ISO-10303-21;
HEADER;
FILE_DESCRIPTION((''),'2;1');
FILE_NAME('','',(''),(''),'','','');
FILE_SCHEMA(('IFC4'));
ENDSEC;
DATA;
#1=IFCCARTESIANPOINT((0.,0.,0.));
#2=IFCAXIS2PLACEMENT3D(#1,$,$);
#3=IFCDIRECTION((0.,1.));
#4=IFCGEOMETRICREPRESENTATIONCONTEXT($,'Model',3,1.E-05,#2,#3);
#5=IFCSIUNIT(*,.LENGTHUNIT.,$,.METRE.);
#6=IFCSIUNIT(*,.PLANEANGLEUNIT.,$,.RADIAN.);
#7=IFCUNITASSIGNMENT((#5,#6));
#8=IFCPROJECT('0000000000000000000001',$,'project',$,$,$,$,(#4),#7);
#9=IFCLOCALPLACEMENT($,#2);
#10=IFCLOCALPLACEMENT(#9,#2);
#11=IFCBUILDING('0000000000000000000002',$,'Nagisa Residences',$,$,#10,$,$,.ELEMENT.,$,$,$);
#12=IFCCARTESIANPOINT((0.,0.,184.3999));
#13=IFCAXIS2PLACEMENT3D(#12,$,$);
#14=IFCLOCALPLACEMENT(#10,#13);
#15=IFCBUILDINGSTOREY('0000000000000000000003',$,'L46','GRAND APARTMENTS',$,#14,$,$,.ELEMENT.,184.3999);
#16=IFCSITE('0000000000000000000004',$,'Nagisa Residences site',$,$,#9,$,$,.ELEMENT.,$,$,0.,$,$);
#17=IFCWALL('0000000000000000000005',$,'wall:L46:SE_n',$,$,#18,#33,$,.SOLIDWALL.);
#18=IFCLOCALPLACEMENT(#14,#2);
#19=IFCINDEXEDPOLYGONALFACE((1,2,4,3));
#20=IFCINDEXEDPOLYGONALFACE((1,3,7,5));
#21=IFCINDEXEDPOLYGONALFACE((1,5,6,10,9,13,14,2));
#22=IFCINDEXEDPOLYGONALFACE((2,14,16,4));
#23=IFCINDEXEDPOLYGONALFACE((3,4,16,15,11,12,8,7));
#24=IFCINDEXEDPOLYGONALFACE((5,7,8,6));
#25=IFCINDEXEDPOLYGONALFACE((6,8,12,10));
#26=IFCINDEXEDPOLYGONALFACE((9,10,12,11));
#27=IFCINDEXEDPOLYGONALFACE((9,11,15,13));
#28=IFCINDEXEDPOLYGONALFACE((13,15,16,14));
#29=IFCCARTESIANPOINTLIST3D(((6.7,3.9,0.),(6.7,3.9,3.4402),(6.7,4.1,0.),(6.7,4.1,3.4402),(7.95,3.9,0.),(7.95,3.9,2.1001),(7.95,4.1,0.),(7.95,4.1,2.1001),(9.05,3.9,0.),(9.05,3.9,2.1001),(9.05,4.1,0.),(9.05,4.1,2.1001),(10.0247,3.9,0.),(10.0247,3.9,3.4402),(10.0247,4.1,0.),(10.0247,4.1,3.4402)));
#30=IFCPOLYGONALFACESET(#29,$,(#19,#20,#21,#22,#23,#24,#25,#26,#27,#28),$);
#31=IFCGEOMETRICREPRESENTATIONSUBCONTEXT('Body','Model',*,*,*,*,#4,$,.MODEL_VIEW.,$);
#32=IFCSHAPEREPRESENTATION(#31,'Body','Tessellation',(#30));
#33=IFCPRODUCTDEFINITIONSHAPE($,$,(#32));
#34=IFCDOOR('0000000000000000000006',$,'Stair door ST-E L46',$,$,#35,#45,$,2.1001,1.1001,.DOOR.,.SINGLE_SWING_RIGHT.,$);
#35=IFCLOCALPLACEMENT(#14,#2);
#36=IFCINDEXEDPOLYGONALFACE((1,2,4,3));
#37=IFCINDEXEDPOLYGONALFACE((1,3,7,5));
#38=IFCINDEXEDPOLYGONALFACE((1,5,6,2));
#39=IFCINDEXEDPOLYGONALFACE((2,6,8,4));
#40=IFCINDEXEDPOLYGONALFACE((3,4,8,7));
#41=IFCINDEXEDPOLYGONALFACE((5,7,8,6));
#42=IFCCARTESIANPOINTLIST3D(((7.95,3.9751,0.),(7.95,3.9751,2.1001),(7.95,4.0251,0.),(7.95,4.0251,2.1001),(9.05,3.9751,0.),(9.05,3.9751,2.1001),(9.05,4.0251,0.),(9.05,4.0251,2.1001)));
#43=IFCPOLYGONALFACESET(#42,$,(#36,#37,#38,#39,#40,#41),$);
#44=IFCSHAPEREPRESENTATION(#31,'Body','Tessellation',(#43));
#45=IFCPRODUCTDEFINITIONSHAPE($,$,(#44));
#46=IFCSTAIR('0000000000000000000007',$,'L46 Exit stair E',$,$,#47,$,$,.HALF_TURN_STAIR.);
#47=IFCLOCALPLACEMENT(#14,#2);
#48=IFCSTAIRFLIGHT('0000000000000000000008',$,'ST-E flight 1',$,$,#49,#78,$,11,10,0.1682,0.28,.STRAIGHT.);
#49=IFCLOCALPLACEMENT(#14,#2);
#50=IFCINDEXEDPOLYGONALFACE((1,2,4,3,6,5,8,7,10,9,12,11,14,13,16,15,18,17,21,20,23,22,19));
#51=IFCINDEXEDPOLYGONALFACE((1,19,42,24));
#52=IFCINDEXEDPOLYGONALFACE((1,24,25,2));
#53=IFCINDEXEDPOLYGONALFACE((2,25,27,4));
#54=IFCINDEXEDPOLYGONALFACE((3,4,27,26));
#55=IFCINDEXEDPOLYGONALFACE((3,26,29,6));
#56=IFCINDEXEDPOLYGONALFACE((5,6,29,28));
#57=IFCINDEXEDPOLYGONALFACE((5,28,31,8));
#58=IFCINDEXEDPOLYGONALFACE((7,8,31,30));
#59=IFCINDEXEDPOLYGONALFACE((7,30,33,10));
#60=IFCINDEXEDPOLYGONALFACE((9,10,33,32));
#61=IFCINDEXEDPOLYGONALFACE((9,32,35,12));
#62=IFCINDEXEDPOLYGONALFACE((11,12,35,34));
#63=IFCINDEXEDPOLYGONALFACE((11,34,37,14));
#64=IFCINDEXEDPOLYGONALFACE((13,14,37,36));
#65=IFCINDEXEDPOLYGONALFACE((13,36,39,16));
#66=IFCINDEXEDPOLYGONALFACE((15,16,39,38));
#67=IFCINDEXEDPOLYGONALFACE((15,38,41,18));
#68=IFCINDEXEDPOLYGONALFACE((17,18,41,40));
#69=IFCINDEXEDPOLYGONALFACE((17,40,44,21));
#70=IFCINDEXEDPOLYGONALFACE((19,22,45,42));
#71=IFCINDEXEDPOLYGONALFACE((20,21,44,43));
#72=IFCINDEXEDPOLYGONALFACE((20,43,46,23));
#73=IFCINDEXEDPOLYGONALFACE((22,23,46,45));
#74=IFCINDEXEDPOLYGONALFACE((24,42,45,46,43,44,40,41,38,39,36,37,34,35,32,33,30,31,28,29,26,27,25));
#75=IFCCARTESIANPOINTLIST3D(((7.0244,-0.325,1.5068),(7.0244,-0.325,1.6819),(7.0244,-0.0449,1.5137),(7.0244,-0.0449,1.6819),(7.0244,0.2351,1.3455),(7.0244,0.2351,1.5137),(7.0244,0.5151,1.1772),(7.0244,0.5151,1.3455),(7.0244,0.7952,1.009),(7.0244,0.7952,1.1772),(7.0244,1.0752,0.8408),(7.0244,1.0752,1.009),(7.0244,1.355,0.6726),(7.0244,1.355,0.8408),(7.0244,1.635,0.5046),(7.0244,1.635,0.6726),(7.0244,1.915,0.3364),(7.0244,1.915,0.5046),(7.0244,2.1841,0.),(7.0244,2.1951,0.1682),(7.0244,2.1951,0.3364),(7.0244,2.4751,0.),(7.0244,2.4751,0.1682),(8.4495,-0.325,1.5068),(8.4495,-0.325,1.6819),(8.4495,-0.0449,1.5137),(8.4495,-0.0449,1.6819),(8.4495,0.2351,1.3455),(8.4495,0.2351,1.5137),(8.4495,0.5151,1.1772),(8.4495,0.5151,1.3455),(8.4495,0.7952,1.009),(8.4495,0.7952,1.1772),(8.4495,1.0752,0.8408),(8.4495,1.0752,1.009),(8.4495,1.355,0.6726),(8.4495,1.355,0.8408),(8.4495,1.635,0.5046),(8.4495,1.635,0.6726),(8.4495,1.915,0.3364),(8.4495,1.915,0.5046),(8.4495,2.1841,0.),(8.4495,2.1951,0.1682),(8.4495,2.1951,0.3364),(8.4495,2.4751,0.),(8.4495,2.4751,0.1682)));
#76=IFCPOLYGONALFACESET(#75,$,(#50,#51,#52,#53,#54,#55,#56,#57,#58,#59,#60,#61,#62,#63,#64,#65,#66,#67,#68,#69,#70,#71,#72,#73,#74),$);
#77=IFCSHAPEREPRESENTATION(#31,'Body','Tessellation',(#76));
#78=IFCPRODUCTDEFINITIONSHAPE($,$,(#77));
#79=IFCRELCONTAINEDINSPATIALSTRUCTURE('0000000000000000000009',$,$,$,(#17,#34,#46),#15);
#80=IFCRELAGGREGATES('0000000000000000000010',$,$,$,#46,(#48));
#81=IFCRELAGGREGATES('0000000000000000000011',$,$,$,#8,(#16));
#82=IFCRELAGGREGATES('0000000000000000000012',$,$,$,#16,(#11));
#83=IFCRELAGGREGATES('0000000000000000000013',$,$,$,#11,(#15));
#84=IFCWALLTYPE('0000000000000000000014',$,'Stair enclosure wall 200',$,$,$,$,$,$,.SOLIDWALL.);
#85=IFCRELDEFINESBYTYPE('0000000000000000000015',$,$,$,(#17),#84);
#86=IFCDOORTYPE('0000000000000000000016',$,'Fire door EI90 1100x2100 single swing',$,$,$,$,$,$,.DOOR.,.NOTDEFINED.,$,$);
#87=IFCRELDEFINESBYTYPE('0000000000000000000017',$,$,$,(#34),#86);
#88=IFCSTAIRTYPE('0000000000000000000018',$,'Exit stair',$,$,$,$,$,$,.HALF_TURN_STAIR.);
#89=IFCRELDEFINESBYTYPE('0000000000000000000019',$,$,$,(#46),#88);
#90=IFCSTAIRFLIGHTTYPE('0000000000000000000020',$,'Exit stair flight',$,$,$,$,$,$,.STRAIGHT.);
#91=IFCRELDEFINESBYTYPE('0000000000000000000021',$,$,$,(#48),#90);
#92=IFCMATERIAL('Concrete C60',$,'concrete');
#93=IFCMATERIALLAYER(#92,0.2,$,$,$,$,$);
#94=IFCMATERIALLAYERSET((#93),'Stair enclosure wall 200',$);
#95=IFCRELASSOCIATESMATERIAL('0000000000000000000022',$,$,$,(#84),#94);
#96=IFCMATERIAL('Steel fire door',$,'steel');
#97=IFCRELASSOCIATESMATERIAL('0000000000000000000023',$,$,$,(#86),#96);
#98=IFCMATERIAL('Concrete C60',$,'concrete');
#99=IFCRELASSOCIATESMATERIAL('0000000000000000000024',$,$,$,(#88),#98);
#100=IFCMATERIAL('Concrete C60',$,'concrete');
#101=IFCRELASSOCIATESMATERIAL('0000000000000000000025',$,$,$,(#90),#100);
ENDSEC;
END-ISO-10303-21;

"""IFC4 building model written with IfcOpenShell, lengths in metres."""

from ifc_helpers import new_model, si_unit, direction, frame, frame_2d, origin, place, context, subcontext, project, spatial, polyline, rectangle, outline, extrude, material, layer, layer_set, type_object, element, fill, aggregate, save


model = new_model("IFC4")

# Units and contexts
model_context = context("Model", 3, precision=1e-05, world=origin(), true_north=direction((0.0, 1.0)))
body_context = subcontext(model_context, "Body", "Model", "MODEL_VIEW")
ifc_project = project(units=[si_unit("LENGTHUNIT", "METRE"), si_unit("PLANEANGLEUNIT", "RADIAN")], contexts=[model_context])

# Site, building, storey
site_placement = place(None, origin())
site = spatial("IfcSite", under=ifc_project, at=site_placement, Name="Nagisa Residences site", CompositionType="ELEMENT", RefElevation=0.0)
building_placement = place(site_placement, origin())
building = spatial("IfcBuilding", under=site, at=building_placement, Name="Nagisa Residences", CompositionType="ELEMENT")
storey_placement = place(building_placement, frame((0.0, 0.0, 184.3999)))
storey = spatial("IfcBuildingStorey", under=building, at=storey_placement, Name="L46", Description="GRAND APARTMENTS", CompositionType="ELEMENT", Elevation=184.3999)

# Wall, opening, door
ifc_material_1 = material(Name="Concrete C60", Category="concrete")
ifc_layer_1 = layer(ifc_material_1, 0.2)
ifc_layer_set_1 = layer_set([ifc_layer_1], Name="Stair enclosure wall 200")
wall_type_1 = type_object("IfcWallType", Name="Stair enclosure wall 200", PredefinedType="SOLIDWALL", material=ifc_layer_set_1)
wall_1_placement = place(storey_placement, frame((6.7, 4.0, 0.0), z_axis=(0.0, 0.0, 1.0), x_axis=(1.0, 0.0, 0.0)))
wall_1 = element("IfcWall", 1, at=wall_1_placement, inside=storey, type_object=wall_type_1, Name="wall:L46:SE_n", PredefinedType="SOLIDWALL", context=body_context, shape_type="SweptSolid", body=[
    extrude(rectangle(XDim=3.3247, YDim=0.2, at=frame_2d((1.6624, 0.0))), origin(), (0.0, 0.0, 1.0), 3.4402),
])
opening_1_placement = place(wall_1_placement, frame((1.25, 0.0, 0.0)))
opening_1 = element("IfcOpeningElement", 2, at=opening_1_placement, cuts=wall_1, PredefinedType="OPENING", context=body_context, shape_type="SweptSolid", body=[
    extrude(rectangle(XDim=1.1001, YDim=2.1001, at=frame_2d((0.55, 1.05))), frame((0.0, 0.1099, 0.0), z_axis=(0.0, -1.0, 0.0), x_axis=(1.0, 0.0, 0.0)), (0.0, 0.0, 1.0), 0.22),
])
ifc_material_2 = material(Name="Steel fire door", Category="steel")
door_type_1 = type_object("IfcDoorType", Name="Fire door EI90 1100x2100 single swing", OperationType="NOTDEFINED", PredefinedType="DOOR", material=ifc_material_2)
door_1_placement = place(opening_1_placement, frame((1.1001, 0.0, 0.0), x_axis=(-1.0, 0.0, 0.0)))
door_1 = element("IfcDoor", 3, at=door_1_placement, inside=storey, type_object=door_type_1, Name="Stair door ST-E L46", OperationType="SINGLE_SWING_RIGHT", OverallHeight=2.1001, OverallWidth=1.1001, PredefinedType="DOOR", context=body_context, shape_type="SweptSolid", body=[
    extrude(rectangle(XDim=1.1001, YDim=2.1001, at=frame_2d((0.55, 1.05))), frame((0.0, 0.0249, 0.0), z_axis=(0.0, -1.0, 0.0), x_axis=(1.0, 0.0, 0.0)), (0.0, 0.0, 1.0), 0.05),
])
fill(opening_1, door_1)

# Stair, stair flight
ifc_material_3 = material(Name="Concrete C60", Category="concrete")
stair_type = type_object("IfcStairType", Name="Exit stair", PredefinedType="HALF_TURN_STAIR", material=ifc_material_3)
stair_placement = place(storey_placement, origin())
stair = element("IfcStair", 4, at=stair_placement, inside=storey, type_object=stair_type, Name="L46 Exit stair E", PredefinedType="HALF_TURN_STAIR")
ifc_material_4 = material(Name="Concrete C60", Category="concrete")
stair_flight_type = type_object("IfcStairFlightType", Name="Exit stair flight", PredefinedType="STRAIGHT", material=ifc_material_4)
stair_flight_placement = place(storey_placement, frame((7.7371, 2.4751, 0.0), z_axis=(0.0, 0.0, 1.0), x_axis=(0.0, -1.0, 0.0)))
stair_flight = element("IfcStairFlight", 5, at=stair_flight_placement, type_object=stair_flight_type, Name="ST-E flight 1", NumberOfRisers=11, NumberOfTreads=10, PredefinedType="STRAIGHT", RiserHeight=0.1682, TreadLength=0.28, context=body_context, shape_type="SweptSolid", body=[
    extrude(outline(polyline([(0.0, 0.0), (0.0, 0.1682), (0.28, 0.1682), (0.28, 0.3364), (0.5601, 0.3364), (0.5601, 0.5046), (0.8401, 0.5046), (0.8401, 0.6726), (1.1201, 0.6726), (1.1201, 0.8408), (1.3999, 0.8408), (1.3999, 1.009), (1.6799, 1.009), (1.6799, 1.1772), (1.96, 1.1772), (1.96, 1.3455), (2.24, 1.3455), (2.24, 1.5137), (2.52, 1.5137), (2.52, 1.6819), (2.8, 1.6819), (2.8, 1.8501), (2.8, 1.5068), (0.291, 0.0), (0.0, 0.0)])), frame((0.0, 0.7124, 0.0), z_axis=(0.0, -1.0, 0.0), x_axis=(1.0, 0.0, 0.0)), (0.0, 0.0, 1.0), 1.425),
])
aggregate(stair, [stair_flight])

save(model, "model.ifc")
